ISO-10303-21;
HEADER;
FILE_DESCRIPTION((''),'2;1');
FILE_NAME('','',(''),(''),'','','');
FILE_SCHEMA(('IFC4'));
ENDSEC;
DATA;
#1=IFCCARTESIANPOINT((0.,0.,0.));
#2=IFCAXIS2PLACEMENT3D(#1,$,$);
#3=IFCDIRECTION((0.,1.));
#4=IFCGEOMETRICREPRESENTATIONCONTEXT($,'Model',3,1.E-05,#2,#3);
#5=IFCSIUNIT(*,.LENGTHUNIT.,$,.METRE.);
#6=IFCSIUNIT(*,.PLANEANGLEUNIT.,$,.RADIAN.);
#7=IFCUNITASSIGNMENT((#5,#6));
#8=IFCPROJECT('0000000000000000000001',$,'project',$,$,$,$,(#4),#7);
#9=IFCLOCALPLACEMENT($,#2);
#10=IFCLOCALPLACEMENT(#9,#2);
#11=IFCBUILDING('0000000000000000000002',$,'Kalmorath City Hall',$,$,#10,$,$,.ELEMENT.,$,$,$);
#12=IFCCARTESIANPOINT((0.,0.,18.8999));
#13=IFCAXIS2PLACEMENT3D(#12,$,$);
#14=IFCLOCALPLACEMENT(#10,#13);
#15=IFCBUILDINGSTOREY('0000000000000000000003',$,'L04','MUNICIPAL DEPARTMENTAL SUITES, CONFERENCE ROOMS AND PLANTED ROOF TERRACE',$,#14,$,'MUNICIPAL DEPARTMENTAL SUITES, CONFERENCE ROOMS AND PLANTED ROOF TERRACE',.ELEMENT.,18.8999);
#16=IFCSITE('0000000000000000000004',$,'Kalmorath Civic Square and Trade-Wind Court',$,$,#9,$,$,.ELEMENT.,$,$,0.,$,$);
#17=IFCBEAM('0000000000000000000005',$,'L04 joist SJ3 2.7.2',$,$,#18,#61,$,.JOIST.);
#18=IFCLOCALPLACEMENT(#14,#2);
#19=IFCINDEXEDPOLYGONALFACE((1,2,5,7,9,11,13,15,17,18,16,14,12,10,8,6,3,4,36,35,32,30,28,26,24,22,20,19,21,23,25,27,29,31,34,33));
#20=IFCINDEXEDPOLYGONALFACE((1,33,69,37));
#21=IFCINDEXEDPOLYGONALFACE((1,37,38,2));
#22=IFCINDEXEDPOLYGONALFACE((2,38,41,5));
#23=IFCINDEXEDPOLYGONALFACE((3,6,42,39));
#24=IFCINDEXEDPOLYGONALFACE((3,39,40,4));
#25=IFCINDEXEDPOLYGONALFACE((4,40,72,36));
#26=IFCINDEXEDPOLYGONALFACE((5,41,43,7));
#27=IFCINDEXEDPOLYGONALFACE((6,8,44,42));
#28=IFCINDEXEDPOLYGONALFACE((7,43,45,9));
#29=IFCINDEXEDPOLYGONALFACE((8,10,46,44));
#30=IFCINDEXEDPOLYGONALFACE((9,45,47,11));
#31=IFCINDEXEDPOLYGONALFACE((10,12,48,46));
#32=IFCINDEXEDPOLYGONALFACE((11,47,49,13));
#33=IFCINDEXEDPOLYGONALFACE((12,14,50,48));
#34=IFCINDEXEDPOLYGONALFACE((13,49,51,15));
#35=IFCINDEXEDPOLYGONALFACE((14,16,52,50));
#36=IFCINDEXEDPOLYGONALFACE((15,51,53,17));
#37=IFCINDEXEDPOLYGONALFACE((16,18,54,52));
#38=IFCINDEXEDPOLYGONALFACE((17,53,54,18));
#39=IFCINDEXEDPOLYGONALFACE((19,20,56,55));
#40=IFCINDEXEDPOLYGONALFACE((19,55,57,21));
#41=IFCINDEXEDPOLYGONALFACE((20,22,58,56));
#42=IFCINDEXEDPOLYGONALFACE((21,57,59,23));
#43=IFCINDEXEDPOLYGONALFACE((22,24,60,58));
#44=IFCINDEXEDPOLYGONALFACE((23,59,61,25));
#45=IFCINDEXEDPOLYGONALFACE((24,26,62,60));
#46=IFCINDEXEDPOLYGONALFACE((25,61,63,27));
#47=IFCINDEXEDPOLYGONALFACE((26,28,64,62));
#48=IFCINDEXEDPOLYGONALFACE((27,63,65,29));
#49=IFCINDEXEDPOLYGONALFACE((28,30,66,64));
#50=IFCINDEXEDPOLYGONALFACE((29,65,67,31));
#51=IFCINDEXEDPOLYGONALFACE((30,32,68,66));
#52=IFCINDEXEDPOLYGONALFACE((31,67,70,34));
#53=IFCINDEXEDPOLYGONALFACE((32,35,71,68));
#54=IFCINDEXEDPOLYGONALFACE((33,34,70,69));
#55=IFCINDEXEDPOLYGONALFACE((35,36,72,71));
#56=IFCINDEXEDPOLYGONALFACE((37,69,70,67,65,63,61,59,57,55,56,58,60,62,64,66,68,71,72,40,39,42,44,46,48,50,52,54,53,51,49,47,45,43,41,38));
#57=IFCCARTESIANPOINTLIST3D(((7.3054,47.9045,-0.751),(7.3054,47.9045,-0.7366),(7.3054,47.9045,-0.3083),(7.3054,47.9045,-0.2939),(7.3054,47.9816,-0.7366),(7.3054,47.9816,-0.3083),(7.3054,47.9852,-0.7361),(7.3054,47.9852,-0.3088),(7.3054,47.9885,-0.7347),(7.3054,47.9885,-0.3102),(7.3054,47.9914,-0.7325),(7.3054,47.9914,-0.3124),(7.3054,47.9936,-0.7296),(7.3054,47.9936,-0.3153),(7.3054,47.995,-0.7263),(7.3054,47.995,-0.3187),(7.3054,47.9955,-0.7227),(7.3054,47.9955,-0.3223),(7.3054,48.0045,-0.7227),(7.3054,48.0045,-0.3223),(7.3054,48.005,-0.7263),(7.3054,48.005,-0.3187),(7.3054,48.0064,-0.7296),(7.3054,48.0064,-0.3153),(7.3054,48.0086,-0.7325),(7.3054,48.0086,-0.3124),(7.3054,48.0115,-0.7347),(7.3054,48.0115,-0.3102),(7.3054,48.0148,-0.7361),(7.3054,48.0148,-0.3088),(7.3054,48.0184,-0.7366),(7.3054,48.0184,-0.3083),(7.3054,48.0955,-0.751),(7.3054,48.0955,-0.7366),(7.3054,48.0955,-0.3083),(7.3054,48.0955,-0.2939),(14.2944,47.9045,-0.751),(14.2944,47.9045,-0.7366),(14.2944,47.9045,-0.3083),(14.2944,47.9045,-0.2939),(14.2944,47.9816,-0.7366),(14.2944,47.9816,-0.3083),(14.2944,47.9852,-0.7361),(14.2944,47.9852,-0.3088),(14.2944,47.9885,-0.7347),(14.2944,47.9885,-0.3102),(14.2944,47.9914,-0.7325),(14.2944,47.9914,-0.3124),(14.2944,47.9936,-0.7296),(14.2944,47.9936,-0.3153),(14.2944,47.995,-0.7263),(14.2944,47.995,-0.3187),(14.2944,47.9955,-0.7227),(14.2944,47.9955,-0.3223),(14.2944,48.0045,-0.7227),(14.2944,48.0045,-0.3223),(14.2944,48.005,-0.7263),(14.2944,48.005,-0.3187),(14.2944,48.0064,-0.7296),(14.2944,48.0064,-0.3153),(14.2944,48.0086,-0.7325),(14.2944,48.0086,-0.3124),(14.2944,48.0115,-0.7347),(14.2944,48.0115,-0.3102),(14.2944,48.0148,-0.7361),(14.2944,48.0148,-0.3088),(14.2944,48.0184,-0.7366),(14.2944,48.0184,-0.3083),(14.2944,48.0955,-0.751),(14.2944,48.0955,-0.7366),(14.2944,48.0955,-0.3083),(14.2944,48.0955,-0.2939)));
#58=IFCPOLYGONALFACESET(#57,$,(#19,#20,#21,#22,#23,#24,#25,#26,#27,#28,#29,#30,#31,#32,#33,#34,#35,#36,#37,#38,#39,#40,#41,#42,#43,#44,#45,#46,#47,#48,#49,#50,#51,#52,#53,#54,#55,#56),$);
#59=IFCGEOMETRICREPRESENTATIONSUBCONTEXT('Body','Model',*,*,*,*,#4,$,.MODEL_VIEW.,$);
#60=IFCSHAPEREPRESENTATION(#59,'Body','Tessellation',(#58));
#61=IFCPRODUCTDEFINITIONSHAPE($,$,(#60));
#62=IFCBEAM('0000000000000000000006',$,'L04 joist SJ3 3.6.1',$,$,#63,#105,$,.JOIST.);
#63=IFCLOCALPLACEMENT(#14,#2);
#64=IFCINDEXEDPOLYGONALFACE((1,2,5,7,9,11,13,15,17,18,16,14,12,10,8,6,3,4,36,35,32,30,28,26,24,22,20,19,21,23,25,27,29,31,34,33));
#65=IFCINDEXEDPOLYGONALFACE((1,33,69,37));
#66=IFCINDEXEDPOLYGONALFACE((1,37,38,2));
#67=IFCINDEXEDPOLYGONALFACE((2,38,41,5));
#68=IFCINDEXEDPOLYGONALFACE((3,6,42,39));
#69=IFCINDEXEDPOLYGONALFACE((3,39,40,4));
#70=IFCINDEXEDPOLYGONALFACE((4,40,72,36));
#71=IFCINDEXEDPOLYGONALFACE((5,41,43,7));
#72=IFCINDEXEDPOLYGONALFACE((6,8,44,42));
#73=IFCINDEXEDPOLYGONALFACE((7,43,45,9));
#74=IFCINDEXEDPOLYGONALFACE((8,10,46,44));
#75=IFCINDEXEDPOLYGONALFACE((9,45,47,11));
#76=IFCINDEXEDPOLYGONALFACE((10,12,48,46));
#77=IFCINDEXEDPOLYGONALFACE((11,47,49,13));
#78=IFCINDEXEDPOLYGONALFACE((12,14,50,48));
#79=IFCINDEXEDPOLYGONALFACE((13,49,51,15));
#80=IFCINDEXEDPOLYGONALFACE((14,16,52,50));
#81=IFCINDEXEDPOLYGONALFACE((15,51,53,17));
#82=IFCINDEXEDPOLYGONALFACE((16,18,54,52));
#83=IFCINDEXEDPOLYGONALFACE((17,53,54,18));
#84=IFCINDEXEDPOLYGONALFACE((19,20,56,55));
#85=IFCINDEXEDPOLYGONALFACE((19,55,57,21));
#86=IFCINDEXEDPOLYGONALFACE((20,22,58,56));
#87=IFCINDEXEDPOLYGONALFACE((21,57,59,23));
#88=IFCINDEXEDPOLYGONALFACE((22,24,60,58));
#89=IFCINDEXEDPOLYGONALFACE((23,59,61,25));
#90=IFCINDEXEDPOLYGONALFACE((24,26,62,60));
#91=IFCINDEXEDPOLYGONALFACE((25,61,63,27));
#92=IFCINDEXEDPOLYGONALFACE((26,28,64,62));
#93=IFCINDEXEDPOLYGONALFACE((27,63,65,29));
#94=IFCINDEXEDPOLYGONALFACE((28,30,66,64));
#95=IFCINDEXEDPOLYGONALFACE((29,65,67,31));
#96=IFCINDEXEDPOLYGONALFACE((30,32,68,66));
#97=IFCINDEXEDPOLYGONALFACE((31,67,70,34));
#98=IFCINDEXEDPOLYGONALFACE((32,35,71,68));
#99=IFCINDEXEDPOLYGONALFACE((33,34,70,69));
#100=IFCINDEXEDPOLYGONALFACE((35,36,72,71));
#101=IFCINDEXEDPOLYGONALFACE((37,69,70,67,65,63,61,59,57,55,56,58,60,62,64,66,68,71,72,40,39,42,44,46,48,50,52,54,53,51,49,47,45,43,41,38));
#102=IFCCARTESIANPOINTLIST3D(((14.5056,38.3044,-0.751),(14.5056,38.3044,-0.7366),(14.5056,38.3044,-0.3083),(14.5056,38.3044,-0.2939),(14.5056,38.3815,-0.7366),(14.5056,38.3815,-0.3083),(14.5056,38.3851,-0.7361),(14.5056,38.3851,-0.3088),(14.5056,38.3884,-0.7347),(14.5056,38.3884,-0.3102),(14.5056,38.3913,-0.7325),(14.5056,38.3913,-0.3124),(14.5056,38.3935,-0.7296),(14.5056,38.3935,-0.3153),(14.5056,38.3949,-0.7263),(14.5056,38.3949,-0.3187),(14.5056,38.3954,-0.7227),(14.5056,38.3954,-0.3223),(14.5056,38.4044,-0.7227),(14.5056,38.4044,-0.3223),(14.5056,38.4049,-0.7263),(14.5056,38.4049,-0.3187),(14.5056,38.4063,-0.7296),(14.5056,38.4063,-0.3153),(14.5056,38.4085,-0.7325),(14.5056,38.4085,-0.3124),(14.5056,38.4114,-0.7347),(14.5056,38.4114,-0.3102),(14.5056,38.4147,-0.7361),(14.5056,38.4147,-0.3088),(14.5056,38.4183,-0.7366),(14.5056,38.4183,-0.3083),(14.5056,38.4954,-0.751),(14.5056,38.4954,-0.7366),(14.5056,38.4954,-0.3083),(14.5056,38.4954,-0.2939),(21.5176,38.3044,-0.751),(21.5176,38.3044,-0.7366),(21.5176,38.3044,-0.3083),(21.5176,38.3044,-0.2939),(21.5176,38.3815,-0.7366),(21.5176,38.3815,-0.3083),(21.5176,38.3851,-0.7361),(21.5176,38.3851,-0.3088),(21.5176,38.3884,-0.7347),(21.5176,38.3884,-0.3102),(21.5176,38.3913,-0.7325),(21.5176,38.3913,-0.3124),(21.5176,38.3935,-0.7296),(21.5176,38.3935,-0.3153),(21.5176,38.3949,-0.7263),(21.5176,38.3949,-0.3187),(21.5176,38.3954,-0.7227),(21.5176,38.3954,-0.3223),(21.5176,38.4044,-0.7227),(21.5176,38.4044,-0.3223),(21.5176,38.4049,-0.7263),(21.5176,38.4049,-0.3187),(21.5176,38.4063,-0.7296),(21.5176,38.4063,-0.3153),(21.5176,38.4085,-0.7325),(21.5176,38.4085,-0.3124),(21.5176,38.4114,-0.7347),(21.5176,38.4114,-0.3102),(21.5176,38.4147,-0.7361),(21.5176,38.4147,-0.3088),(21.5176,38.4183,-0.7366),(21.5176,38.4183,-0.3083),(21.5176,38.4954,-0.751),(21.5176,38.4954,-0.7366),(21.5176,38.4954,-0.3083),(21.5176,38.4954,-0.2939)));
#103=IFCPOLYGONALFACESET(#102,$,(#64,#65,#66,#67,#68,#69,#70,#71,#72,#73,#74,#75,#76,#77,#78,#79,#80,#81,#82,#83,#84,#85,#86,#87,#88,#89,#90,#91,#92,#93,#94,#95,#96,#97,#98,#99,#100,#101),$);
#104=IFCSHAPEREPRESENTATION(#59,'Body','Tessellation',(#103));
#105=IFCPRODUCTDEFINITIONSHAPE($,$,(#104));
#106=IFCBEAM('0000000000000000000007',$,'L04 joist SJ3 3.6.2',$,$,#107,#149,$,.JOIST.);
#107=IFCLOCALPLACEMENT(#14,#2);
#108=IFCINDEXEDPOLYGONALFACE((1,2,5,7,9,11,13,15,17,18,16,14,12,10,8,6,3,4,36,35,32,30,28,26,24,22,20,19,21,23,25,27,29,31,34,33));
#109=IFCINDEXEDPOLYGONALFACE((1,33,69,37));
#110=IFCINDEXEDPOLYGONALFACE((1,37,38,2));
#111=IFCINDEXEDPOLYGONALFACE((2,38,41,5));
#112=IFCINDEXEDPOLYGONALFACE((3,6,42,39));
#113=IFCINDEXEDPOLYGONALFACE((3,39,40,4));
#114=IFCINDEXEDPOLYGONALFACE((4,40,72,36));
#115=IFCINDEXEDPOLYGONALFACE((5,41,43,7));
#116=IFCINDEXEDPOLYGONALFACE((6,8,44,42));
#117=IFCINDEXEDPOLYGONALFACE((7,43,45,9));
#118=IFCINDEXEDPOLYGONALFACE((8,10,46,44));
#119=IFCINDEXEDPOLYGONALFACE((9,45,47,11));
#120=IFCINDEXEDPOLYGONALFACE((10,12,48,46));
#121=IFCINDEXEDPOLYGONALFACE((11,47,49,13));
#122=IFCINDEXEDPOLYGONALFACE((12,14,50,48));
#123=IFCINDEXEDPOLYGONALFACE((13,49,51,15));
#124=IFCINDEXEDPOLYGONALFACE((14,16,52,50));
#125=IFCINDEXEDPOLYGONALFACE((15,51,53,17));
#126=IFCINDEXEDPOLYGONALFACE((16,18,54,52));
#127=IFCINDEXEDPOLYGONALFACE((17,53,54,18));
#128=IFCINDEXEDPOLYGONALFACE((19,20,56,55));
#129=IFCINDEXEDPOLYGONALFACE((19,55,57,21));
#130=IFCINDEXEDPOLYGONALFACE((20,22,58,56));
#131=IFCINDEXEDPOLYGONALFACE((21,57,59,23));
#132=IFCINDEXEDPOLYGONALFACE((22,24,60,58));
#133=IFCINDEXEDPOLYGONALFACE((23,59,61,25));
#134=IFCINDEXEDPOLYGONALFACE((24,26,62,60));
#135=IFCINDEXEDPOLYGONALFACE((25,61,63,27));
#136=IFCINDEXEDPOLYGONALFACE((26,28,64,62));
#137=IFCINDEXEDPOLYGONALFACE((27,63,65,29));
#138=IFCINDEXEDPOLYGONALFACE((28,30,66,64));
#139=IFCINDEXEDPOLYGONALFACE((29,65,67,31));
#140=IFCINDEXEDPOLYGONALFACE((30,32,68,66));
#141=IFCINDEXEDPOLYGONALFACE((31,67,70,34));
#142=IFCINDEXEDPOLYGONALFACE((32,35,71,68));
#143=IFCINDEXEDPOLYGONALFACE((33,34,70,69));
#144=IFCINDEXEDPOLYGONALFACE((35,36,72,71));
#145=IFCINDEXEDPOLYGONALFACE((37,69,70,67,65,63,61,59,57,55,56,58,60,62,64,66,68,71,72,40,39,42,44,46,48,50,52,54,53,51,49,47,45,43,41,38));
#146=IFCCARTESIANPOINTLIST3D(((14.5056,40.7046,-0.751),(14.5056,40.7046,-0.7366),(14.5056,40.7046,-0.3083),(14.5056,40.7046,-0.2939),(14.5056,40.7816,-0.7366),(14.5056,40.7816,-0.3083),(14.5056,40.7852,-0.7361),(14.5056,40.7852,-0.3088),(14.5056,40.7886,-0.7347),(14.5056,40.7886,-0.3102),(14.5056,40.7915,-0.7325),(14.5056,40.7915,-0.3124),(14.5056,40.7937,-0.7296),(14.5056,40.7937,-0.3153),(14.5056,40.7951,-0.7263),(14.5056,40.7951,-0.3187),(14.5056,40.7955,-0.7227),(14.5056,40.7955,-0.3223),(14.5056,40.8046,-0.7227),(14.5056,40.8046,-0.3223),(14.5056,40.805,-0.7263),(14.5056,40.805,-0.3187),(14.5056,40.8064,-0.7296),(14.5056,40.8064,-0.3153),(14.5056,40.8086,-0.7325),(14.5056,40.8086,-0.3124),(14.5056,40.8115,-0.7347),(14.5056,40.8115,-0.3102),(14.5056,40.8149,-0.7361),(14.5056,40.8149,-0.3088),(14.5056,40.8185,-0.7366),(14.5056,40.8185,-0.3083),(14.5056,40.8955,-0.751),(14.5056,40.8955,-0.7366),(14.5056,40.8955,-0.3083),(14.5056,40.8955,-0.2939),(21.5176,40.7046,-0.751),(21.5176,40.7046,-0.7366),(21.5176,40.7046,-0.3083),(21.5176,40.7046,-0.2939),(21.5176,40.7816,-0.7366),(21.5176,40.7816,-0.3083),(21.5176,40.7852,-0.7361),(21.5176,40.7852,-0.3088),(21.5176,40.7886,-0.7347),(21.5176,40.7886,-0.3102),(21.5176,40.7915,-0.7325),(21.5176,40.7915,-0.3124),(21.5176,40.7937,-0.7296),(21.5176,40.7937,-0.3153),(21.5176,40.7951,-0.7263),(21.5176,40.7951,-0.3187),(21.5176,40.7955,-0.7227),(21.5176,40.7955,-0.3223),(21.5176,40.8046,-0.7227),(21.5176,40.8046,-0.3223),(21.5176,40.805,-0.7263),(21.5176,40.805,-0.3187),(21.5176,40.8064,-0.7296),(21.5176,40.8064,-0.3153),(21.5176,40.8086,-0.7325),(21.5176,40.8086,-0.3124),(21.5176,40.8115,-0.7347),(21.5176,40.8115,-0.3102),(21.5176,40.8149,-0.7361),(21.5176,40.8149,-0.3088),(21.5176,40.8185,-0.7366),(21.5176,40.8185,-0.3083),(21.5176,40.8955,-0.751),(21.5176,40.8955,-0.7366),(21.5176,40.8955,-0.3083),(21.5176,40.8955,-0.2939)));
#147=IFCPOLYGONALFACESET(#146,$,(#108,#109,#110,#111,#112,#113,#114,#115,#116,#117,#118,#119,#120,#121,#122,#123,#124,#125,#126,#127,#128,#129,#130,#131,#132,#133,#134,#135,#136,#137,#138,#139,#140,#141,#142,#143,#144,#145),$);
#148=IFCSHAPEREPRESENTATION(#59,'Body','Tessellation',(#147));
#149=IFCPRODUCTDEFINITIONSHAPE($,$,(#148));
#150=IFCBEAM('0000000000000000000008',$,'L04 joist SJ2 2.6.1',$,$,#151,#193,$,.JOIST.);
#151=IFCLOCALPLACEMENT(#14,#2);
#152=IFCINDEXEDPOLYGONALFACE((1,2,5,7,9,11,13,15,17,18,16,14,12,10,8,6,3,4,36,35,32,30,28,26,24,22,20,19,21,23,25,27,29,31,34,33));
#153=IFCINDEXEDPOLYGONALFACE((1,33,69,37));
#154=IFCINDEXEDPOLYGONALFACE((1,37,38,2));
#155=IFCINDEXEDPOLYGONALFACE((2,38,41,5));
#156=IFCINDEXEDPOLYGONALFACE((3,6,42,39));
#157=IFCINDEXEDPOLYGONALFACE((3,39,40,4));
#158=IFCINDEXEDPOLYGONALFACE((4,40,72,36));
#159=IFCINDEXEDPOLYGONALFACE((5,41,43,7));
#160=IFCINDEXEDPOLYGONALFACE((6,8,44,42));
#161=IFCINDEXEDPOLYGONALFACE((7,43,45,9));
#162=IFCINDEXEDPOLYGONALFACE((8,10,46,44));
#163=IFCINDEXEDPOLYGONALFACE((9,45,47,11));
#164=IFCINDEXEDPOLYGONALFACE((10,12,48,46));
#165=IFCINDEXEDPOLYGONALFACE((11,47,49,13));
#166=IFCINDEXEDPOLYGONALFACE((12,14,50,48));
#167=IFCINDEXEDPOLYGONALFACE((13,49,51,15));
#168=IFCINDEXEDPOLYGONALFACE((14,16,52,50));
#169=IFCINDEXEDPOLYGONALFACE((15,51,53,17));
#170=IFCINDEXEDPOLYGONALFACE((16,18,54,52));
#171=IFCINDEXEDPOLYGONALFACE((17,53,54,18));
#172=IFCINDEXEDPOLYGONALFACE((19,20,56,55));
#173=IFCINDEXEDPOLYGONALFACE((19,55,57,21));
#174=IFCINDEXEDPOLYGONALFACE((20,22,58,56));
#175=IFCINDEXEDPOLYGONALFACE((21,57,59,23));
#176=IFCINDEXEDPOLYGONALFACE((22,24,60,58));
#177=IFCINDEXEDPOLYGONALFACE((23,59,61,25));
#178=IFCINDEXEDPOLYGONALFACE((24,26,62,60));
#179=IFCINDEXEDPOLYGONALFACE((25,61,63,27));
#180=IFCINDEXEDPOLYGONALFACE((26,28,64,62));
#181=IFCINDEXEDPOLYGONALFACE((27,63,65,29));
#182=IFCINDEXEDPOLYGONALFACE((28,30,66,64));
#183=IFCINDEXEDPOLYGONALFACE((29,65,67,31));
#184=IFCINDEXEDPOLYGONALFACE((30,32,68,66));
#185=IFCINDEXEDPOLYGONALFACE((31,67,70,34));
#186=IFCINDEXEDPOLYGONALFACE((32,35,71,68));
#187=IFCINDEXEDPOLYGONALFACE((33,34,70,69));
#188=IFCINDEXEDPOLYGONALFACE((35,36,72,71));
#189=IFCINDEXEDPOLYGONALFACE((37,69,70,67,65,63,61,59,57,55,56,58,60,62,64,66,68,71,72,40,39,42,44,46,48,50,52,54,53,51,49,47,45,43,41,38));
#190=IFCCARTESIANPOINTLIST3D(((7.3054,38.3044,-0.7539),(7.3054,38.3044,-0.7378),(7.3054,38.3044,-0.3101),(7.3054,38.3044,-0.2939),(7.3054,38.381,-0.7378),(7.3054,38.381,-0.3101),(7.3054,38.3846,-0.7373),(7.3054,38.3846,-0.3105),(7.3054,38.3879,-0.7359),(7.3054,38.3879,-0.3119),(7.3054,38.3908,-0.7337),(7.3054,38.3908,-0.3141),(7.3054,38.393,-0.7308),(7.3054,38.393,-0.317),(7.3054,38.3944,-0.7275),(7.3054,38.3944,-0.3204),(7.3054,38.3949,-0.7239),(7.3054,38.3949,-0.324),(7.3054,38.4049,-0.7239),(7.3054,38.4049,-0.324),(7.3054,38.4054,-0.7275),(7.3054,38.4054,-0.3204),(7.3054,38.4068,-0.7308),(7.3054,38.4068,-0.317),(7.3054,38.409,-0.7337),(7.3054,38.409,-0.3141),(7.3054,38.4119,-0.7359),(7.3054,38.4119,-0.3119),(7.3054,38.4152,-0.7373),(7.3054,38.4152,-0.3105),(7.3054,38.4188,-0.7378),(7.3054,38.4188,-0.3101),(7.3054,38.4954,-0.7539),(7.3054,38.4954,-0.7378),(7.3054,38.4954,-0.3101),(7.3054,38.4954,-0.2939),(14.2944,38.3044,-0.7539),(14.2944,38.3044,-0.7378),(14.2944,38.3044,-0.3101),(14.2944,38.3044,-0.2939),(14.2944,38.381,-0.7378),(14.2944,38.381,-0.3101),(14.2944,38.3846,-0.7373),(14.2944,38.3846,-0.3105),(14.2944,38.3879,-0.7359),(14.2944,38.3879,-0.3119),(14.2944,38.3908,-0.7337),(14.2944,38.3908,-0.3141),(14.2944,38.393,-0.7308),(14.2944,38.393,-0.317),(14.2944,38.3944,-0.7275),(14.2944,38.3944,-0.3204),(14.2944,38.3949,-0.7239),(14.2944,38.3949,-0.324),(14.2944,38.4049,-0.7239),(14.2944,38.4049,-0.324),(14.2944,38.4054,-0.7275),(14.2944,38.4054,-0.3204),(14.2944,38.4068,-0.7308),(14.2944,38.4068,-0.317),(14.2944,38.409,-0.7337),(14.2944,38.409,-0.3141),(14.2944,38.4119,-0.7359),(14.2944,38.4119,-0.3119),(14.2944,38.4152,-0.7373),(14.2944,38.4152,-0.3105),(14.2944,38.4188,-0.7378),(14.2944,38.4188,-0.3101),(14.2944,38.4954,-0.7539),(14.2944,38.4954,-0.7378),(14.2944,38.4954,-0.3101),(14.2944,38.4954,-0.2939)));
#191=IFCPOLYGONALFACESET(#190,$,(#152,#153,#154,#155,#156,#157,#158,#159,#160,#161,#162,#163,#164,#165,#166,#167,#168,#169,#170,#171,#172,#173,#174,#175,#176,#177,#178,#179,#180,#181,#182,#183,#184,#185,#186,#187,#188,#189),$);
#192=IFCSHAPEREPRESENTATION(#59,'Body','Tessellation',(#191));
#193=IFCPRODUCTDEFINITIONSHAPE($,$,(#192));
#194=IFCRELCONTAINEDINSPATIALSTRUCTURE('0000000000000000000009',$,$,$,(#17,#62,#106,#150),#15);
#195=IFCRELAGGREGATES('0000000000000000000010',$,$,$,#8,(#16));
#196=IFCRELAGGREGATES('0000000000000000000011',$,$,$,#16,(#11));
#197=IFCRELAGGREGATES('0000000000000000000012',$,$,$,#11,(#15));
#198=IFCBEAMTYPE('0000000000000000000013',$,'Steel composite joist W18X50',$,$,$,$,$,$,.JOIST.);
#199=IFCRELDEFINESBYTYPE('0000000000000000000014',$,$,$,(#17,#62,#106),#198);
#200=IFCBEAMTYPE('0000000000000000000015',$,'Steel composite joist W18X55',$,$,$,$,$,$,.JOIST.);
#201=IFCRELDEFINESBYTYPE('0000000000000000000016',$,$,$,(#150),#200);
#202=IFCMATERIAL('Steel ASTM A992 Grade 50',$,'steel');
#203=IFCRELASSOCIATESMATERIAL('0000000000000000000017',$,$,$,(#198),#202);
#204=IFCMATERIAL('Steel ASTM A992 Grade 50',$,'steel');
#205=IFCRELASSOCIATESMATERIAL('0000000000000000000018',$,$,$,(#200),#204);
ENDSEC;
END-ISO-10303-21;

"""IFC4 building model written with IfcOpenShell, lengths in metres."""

from ifc_helpers import new_model, si_unit, direction, frame, origin, origin_2d, place, context, subcontext, project, spatial, i_section, extrude, material, material_profile, profile_set, type_object, element, save


model = new_model("IFC4")

# Units and contexts
model_context = context("Model", 3, precision=1e-05, world=origin(), true_north=direction((0.0, 1.0)))
body_context = subcontext(model_context, "Body", "Model", "MODEL_VIEW")
ifc_project = project(units=[si_unit("LENGTHUNIT", "METRE"), si_unit("PLANEANGLEUNIT", "RADIAN")], contexts=[model_context])

# Site, building, storey
site_placement = place(None, origin())
site = spatial("IfcSite", under=ifc_project, at=site_placement, Name="Kalmorath Civic Square and Trade-Wind Court", CompositionType="ELEMENT", RefElevation=0.0)
building_placement = place(site_placement, origin())
building = spatial("IfcBuilding", under=site, at=building_placement, Name="Kalmorath City Hall", CompositionType="ELEMENT")
storey_placement = place(building_placement, frame((0.0, 0.0, 18.8999)))
storey = spatial("IfcBuildingStorey", under=building, at=storey_placement, Name="L04", Description="MUNICIPAL DEPARTMENTAL SUITES, CONFERENCE ROOMS AND PLANTED ROOF TERRACE", LongName="MUNICIPAL DEPARTMENTAL SUITES, CONFERENCE ROOMS AND PLANTED ROOF TERRACE", CompositionType="ELEMENT", Elevation=18.8999)

# Beams
ifc_material_1 = material(Name="Steel ASTM A992 Grade 50", Category="steel")
ifc_material_profile_1 = material_profile(ifc_material_1, i_section(OverallWidth=0.1909, OverallDepth=0.457, WebThickness=0.009, FlangeThickness=0.0144, FilletRadius=0.0139, at=origin_2d()), Name="W18X50")
ifc_profile_set_1 = profile_set([ifc_material_profile_1], Name="Steel ASTM A992 Grade 50")
beam_type_1 = type_object("IfcBeamType", Name="Steel composite joist W18X50", PredefinedType="JOIST", material=ifc_profile_set_1)
for number, where, z_axis, x_axis, name in (
    (1, (7.3054, 48.0, -0.5225), (1.0, 0.0, 0.0), (0.0, 1.0, 0.0), "L04 joist SJ3 2.7.2"),
):
    element("IfcBeam", number, at=place(storey_placement, frame(where, z_axis=z_axis, x_axis=x_axis)), inside=storey, type_object=beam_type_1, Name=name, PredefinedType="JOIST", context=body_context, shape_type="SweptSolid", body=[
        extrude(i_section(OverallWidth=0.1909, OverallDepth=0.457, WebThickness=0.009, FlangeThickness=0.0144, FilletRadius=0.0139, at=origin_2d()), origin(), (0.0, 0.0, 1.0), 6.989),
    ])
for number, where, z_axis, x_axis, name in (
    (2, (14.5056, 38.3999, -0.5225), (1.0, 0.0, 0.0), (0.0, 1.0, 0.0), "L04 joist SJ3 3.6.1"),
    (3, (14.5056, 40.8, -0.5225), (1.0, 0.0, 0.0), (0.0, 1.0, 0.0), "L04 joist SJ3 3.6.2"),
):
    element("IfcBeam", number, at=place(storey_placement, frame(where, z_axis=z_axis, x_axis=x_axis)), inside=storey, type_object=beam_type_1, Name=name, PredefinedType="JOIST", context=body_context, shape_type="SweptSolid", body=[
        extrude(i_section(OverallWidth=0.1909, OverallDepth=0.457, WebThickness=0.009, FlangeThickness=0.0144, FilletRadius=0.0139, at=origin_2d()), origin(), (0.0, 0.0, 1.0), 7.012),
    ])
ifc_material_2 = material(Name="Steel ASTM A992 Grade 50", Category="steel")
ifc_material_profile_2 = material_profile(ifc_material_2, i_section(OverallWidth=0.1909, OverallDepth=0.46, WebThickness=0.01, FlangeThickness=0.0161, FilletRadius=0.0139, at=origin_2d()), Name="W18X55")
ifc_profile_set_2 = profile_set([ifc_material_profile_2], Name="Steel ASTM A992 Grade 50")
beam_type_2 = type_object("IfcBeamType", Name="Steel composite joist W18X55", PredefinedType="JOIST", material=ifc_profile_set_2)
for number, where, z_axis, x_axis, name in (
    (4, (7.3054, 38.3999, -0.5239), (1.0, 0.0, 0.0), (0.0, 1.0, 0.0), "L04 joist SJ2 2.6.1"),
):
    element("IfcBeam", number, at=place(storey_placement, frame(where, z_axis=z_axis, x_axis=x_axis)), inside=storey, type_object=beam_type_2, Name=name, PredefinedType="JOIST", context=body_context, shape_type="SweptSolid", body=[
        extrude(i_section(OverallWidth=0.1909, OverallDepth=0.46, WebThickness=0.01, FlangeThickness=0.0161, FilletRadius=0.0139, at=origin_2d()), origin(), (0.0, 0.0, 1.0), 6.989),
    ])

save(model, "model.ifc")
